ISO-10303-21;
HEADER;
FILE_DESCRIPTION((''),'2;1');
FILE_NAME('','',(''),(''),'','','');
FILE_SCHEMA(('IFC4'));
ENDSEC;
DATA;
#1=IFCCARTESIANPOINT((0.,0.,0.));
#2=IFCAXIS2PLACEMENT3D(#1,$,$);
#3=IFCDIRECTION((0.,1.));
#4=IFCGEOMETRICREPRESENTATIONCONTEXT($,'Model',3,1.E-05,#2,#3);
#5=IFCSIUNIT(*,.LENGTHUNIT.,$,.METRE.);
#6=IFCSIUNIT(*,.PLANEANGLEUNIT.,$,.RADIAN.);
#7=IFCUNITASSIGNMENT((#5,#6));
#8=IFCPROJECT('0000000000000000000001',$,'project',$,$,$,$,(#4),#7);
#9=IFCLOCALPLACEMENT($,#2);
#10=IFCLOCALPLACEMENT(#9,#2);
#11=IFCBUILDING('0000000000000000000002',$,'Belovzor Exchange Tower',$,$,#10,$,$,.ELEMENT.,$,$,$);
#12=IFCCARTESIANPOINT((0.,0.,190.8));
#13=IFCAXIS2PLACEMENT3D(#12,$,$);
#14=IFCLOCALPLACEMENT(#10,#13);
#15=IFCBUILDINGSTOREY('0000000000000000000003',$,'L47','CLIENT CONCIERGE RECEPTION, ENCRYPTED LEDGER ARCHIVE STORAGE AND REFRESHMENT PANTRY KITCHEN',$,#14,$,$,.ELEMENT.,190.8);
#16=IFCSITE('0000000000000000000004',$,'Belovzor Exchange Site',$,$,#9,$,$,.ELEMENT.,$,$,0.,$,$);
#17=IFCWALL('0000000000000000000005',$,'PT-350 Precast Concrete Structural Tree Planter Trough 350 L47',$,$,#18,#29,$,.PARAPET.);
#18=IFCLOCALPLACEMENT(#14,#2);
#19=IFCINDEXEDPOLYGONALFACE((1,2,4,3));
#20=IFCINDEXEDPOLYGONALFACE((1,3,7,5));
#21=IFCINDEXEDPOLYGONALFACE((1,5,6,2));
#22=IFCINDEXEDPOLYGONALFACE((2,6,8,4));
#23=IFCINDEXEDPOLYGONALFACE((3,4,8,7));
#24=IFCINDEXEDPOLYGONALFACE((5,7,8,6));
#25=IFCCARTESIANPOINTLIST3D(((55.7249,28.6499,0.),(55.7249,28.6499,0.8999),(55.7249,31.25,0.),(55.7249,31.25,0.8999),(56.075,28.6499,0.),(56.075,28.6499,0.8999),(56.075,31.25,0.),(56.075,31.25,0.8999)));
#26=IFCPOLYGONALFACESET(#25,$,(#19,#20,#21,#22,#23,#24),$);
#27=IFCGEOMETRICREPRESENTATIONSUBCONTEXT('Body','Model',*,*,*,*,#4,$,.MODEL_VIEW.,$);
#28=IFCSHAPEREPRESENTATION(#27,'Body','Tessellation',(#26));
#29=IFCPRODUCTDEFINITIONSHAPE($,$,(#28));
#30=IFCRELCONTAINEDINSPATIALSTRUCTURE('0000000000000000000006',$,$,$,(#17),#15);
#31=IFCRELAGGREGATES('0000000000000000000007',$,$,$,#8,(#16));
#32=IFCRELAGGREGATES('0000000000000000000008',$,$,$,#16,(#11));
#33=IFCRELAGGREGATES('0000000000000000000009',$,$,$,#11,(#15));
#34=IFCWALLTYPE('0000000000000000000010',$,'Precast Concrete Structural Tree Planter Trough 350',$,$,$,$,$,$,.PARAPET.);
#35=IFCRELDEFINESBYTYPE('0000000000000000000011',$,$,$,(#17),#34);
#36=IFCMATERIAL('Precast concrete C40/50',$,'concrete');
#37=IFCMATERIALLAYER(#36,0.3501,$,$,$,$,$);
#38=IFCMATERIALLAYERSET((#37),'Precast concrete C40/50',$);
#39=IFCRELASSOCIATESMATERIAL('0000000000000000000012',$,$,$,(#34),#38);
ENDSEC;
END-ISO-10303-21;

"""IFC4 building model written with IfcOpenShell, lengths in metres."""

from ifc_helpers import new_model, si_unit, direction, frame, frame_2d, origin, place, context, subcontext, project, spatial, rectangle, extrude, material, layer, layer_set, type_object, element, save


model = new_model("IFC4")

# Units and contexts
model_context = context("Model", 3, precision=1e-05, world=origin(), true_north=direction((0.0, 1.0)))
body_context = subcontext(model_context, "Body", "Model", "MODEL_VIEW")
ifc_project = project(units=[si_unit("LENGTHUNIT", "METRE"), si_unit("PLANEANGLEUNIT", "RADIAN")], contexts=[model_context])

# Site, building, storey
site_placement = place(None, origin())
site = spatial("IfcSite", under=ifc_project, at=site_placement, Name="Belovzor Exchange Site", CompositionType="ELEMENT", RefElevation=0.0)
building_placement = place(site_placement, origin())
building = spatial("IfcBuilding", under=site, at=building_placement, Name="Belovzor Exchange Tower", CompositionType="ELEMENT")
storey_placement = place(building_placement, frame((0.0, 0.0, 190.8)))
storey = spatial("IfcBuildingStorey", under=building, at=storey_placement, Name="L47", Description="CLIENT CONCIERGE RECEPTION, ENCRYPTED LEDGER ARCHIVE STORAGE AND REFRESHMENT PANTRY KITCHEN", CompositionType="ELEMENT", Elevation=190.8)

# Wall
ifc_material_1 = material(Name="Precast concrete C40/50", Category="concrete")
ifc_layer_1 = layer(ifc_material_1, 0.3501)
ifc_layer_set_1 = layer_set([ifc_layer_1], Name="Precast concrete C40/50")
wall_type_1 = type_object("IfcWallType", Name="Precast Concrete Structural Tree Planter Trough 350", PredefinedType="PARAPET", material=ifc_layer_set_1)
wall_1_placement = place(storey_placement, frame((55.8999, 28.6499, 0.0), z_axis=(0.0, 0.0, 1.0), x_axis=(0.0, 1.0, 0.0)))
element("IfcWall", 1, at=wall_1_placement, inside=storey, type_object=wall_type_1, Name="PT-350 Precast Concrete Structural Tree Planter Trough 350 L47", PredefinedType="PARAPET", context=body_context, shape_type="SweptSolid", body=[
    extrude(rectangle(XDim=2.6001, YDim=0.3501, at=frame_2d((1.3, 0.0))), origin(), (0.0, 0.0, 1.0), 0.8999),
])

save(model, "model.ifc")
